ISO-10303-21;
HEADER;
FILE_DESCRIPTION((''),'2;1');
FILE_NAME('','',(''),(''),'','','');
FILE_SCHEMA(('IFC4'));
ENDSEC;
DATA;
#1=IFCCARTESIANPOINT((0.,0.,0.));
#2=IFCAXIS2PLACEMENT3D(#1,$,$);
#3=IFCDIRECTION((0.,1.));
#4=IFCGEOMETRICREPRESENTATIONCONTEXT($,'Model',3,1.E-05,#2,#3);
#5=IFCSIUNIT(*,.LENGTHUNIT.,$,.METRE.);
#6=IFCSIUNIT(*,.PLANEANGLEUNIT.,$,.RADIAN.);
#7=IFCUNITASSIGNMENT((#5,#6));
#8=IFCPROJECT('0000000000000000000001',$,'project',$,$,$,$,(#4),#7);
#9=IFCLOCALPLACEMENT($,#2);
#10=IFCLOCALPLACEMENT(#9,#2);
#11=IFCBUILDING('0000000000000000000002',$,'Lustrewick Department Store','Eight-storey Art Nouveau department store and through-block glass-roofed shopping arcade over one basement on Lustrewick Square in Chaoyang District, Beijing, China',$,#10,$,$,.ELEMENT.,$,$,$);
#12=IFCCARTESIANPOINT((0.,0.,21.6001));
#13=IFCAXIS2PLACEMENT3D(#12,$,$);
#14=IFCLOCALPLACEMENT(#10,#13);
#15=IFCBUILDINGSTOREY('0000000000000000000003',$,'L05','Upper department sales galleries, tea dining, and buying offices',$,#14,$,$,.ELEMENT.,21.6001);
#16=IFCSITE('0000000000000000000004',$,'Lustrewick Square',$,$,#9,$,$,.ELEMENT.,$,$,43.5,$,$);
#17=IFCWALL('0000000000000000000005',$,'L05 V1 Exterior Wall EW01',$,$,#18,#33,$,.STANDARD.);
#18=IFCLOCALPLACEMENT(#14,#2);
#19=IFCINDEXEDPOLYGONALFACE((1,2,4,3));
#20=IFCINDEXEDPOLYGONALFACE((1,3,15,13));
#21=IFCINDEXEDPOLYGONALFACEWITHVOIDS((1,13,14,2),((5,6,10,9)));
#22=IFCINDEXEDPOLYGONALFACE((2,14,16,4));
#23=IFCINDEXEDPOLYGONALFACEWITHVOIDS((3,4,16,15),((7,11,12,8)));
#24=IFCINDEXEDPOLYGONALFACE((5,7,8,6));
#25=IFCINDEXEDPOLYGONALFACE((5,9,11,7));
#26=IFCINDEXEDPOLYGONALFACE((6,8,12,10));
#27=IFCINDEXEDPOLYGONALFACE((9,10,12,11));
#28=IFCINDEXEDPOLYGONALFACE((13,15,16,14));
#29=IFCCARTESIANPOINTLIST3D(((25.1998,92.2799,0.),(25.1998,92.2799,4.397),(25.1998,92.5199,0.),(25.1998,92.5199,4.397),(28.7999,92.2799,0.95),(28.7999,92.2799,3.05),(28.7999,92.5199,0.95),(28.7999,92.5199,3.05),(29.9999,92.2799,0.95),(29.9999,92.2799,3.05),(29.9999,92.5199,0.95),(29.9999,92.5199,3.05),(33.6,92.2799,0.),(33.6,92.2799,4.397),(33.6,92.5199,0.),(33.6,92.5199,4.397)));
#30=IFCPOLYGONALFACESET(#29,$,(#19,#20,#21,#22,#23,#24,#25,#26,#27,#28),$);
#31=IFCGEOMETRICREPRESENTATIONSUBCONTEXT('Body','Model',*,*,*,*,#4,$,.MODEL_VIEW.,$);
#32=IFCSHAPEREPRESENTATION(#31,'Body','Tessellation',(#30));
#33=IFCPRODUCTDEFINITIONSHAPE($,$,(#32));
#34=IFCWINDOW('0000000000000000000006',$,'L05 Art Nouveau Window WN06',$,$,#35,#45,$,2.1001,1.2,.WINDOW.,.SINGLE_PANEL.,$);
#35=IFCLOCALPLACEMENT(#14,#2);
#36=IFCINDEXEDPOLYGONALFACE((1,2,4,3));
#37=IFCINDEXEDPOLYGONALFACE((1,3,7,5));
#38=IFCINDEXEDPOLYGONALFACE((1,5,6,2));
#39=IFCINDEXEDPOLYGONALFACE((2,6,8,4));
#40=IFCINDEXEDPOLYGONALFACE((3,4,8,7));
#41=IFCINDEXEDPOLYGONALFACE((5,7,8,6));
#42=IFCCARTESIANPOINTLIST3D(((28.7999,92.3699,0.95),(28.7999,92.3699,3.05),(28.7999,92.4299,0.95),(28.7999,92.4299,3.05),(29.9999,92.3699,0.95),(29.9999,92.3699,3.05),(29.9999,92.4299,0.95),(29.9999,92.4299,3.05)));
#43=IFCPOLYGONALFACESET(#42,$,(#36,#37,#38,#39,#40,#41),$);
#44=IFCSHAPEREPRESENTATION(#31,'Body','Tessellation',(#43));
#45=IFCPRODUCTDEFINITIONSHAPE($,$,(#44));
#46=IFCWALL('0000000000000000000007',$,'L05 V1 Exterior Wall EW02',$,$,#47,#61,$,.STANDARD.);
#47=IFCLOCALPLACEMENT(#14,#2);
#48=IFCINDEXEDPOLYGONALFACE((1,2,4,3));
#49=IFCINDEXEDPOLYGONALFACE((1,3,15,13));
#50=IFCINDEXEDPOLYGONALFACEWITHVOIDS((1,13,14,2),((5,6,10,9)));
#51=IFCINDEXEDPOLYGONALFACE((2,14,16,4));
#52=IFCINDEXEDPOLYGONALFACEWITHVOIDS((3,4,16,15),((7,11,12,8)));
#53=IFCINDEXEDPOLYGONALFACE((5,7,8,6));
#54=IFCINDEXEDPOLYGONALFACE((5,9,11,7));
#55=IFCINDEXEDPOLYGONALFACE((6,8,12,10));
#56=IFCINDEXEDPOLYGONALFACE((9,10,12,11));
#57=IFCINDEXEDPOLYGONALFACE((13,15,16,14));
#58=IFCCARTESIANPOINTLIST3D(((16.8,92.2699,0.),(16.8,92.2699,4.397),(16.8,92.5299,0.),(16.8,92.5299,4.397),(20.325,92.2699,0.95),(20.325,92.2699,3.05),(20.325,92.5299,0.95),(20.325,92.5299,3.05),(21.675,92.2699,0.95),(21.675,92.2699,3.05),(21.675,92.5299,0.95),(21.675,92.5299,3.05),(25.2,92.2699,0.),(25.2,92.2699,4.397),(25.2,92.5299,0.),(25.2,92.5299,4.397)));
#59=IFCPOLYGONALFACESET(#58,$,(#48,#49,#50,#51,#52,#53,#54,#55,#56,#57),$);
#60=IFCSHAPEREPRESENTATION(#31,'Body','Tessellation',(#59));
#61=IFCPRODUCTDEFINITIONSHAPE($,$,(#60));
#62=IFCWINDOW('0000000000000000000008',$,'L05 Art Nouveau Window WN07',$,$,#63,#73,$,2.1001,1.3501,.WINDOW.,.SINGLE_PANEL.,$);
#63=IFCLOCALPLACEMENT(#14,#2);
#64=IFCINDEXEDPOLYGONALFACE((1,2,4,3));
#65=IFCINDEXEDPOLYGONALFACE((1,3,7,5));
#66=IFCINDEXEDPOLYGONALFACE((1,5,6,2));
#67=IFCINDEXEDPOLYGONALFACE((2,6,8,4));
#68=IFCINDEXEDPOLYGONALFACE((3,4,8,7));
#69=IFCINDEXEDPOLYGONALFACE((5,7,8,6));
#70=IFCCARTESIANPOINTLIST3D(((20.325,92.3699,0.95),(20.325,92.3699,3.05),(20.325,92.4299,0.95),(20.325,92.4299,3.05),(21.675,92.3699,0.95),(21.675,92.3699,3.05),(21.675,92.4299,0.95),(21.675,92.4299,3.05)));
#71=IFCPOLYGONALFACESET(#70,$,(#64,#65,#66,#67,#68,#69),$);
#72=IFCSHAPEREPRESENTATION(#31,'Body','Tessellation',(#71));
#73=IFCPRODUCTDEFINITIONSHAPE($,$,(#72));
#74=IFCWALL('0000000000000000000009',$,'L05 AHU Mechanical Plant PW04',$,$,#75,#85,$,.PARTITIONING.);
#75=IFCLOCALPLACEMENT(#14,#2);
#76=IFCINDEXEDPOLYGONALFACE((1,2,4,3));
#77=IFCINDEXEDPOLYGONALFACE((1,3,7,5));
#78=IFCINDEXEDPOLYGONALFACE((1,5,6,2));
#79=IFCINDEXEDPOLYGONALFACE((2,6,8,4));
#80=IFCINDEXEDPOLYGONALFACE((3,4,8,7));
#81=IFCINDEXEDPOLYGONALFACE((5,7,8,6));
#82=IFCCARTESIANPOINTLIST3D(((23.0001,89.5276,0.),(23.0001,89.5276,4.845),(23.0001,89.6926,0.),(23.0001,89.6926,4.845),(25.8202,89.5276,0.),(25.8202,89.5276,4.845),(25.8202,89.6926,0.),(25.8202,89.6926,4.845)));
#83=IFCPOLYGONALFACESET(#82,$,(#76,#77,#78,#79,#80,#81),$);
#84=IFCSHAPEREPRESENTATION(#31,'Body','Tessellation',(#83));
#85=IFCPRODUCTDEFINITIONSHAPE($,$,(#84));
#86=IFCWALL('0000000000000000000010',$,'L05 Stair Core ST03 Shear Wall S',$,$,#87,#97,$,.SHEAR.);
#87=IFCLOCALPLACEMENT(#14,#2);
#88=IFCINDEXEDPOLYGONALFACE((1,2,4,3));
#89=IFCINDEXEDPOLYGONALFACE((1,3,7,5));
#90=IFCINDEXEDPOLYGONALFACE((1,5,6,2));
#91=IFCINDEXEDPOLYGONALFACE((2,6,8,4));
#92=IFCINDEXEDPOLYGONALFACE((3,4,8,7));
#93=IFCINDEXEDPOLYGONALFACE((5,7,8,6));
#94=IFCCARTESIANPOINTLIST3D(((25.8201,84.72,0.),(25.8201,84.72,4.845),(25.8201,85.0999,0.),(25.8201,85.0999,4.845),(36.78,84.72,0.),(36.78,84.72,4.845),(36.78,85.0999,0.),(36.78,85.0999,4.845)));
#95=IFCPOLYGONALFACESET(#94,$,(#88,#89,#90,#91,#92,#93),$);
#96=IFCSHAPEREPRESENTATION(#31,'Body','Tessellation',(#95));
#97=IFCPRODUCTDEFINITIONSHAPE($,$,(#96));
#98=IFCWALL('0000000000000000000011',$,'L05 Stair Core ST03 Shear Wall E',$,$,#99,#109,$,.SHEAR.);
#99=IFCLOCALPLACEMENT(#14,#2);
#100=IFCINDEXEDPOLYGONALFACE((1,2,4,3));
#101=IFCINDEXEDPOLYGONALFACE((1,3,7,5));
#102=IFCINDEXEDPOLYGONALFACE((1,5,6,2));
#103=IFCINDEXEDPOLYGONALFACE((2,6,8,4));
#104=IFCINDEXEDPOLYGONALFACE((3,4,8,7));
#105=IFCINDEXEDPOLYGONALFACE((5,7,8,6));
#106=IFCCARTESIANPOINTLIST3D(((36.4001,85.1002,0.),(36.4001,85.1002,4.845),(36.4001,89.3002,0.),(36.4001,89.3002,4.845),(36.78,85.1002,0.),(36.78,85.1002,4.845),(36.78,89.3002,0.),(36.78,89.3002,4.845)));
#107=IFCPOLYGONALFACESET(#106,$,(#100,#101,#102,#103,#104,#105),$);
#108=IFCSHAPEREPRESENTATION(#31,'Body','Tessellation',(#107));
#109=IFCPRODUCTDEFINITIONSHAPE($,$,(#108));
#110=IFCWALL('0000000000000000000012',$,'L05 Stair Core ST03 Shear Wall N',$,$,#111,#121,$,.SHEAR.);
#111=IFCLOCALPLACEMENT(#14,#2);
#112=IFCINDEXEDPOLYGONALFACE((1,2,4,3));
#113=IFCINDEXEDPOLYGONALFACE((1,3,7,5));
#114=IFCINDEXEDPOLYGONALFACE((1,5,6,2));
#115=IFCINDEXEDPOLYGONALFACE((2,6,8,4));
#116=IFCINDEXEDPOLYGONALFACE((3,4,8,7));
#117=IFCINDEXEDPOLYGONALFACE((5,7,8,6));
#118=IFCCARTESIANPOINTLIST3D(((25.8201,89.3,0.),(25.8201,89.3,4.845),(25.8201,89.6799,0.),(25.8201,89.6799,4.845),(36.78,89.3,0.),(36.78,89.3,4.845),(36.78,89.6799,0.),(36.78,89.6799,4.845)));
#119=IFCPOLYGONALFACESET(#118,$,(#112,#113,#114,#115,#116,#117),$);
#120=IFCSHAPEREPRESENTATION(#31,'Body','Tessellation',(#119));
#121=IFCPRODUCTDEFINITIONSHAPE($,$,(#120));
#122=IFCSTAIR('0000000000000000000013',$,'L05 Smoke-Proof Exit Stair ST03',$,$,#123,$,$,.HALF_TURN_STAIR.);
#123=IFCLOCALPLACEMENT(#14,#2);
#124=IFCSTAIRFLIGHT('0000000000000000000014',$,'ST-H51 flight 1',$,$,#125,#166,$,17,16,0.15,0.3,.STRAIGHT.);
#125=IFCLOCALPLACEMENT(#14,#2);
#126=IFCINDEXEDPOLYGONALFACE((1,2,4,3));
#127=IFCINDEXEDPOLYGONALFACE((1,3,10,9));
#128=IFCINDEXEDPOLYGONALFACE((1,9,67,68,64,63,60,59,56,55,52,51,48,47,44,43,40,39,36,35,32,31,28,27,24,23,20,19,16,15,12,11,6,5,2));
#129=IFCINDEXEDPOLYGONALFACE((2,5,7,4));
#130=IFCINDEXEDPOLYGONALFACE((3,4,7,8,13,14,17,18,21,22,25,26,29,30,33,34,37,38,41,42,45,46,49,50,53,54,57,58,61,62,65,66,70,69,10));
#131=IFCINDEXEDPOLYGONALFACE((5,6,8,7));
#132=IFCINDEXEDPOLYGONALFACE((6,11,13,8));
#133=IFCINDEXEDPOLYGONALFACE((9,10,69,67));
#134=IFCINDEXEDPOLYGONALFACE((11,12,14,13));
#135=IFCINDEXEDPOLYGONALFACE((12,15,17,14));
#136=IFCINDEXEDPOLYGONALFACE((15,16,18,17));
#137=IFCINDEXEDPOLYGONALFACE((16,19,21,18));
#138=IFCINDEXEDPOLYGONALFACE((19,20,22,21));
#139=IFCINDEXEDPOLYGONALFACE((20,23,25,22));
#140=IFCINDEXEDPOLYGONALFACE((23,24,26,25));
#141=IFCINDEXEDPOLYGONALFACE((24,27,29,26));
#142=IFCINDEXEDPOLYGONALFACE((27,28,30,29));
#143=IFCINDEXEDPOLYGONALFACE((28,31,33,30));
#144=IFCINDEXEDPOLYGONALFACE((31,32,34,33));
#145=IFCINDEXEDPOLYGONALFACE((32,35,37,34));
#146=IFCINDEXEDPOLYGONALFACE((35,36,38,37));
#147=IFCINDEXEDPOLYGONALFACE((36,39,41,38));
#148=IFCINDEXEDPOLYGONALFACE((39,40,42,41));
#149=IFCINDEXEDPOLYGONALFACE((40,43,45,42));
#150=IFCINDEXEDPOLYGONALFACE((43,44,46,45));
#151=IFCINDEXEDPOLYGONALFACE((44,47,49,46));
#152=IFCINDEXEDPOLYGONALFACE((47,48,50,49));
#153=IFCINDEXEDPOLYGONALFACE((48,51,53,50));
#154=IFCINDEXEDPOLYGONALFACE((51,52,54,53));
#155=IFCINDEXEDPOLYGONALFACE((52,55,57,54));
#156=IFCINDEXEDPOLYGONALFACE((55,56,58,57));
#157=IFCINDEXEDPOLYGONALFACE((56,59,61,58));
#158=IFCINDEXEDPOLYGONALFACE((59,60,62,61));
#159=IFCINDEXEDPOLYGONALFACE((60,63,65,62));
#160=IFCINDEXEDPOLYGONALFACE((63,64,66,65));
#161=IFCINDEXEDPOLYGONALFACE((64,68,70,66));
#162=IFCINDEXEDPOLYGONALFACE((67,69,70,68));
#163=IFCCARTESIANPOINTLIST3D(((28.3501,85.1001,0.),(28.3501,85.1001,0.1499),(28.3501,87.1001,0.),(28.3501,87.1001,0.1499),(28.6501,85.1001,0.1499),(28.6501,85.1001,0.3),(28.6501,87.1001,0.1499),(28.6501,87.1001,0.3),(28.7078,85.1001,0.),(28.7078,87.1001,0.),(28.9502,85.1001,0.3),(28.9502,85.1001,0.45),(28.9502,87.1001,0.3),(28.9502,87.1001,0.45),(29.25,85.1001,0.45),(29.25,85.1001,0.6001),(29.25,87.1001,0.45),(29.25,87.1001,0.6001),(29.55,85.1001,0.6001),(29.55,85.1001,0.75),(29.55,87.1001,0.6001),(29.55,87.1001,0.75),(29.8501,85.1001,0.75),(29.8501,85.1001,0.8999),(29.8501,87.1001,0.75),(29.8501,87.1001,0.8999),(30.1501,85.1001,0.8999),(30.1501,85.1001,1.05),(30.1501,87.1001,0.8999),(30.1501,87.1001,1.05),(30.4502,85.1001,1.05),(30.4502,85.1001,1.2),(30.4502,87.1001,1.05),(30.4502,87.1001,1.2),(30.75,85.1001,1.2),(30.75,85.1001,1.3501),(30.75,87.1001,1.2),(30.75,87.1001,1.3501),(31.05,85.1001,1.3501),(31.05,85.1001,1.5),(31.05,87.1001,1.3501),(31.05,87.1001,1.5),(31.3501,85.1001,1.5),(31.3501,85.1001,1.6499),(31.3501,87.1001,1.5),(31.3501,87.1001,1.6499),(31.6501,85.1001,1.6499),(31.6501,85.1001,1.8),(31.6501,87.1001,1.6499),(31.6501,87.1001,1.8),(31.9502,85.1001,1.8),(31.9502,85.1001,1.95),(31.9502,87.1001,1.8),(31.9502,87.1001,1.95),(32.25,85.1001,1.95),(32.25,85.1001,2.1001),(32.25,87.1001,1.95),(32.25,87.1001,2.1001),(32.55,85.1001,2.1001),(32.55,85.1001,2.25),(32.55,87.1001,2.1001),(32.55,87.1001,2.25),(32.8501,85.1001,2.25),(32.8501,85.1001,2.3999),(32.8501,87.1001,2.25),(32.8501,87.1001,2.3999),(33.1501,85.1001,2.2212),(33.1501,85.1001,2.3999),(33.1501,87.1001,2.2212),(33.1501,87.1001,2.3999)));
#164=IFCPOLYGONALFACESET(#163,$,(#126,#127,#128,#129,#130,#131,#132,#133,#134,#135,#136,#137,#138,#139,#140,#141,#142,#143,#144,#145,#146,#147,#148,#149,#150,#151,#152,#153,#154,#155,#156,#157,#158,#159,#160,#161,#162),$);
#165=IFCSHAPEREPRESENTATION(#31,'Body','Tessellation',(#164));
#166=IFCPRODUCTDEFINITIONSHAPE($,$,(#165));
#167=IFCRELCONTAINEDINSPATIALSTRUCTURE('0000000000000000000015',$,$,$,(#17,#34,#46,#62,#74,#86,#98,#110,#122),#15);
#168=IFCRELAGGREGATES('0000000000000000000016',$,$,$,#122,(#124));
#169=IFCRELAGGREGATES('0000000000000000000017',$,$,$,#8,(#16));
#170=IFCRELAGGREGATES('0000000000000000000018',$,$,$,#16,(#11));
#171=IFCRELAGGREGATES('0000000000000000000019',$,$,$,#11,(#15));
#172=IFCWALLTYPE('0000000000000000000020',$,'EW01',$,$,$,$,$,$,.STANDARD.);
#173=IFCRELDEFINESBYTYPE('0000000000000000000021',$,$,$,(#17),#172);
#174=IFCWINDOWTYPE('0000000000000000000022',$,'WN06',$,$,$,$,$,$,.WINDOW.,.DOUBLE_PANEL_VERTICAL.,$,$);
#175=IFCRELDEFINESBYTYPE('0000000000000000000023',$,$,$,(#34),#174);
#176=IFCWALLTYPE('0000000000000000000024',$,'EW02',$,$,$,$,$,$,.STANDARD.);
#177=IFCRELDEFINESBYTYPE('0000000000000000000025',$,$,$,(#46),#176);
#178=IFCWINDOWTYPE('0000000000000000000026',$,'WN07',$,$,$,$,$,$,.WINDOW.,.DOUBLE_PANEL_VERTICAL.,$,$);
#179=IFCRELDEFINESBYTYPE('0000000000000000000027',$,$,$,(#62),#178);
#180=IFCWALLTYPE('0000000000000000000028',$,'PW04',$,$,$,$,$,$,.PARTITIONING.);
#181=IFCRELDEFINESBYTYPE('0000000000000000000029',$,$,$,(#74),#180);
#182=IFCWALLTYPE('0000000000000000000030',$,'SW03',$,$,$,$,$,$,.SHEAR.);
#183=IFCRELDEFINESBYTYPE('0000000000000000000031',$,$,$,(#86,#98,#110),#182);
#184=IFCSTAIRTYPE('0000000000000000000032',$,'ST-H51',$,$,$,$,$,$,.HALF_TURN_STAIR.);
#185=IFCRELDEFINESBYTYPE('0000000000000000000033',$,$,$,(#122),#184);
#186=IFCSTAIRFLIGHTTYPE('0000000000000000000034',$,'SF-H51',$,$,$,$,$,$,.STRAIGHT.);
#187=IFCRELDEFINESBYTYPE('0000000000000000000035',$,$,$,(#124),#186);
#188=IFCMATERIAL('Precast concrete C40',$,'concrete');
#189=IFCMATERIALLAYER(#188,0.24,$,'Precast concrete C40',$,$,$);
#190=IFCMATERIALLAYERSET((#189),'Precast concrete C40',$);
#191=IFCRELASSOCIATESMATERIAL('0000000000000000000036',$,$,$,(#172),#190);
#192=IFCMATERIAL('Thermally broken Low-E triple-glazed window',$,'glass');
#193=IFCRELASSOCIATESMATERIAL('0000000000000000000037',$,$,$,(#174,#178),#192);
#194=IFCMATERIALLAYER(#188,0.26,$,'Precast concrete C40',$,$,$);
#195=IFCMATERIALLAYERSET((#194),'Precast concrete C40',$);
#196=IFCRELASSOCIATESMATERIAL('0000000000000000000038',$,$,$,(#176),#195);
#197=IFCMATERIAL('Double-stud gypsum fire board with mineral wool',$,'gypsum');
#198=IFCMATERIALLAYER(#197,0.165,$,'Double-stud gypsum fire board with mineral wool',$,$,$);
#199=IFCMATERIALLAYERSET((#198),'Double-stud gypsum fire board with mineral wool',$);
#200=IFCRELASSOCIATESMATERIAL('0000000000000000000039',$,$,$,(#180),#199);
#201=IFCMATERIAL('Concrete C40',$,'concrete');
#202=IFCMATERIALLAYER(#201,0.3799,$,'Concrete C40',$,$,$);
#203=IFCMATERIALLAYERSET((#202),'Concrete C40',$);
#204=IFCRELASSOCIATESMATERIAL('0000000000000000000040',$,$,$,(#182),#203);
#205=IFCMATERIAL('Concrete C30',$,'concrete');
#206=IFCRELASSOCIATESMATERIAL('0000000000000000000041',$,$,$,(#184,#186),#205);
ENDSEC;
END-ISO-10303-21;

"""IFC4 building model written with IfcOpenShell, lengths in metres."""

from ifc_helpers import new_model, si_unit, direction, frame, frame_2d, origin, place, context, subcontext, project, spatial, polyline, rectangle, outline, extrude, material, layer, layer_set, type_object, element, fill, aggregate, save


model = new_model("IFC4")

# Units and contexts
model_context = context("Model", 3, precision=1e-05, world=origin(), true_north=direction((0.0, 1.0)))
body_context = subcontext(model_context, "Body", "Model", "MODEL_VIEW")
ifc_project = project(units=[si_unit("LENGTHUNIT", "METRE"), si_unit("PLANEANGLEUNIT", "RADIAN")], contexts=[model_context])

# Site, building, storey
site_placement = place(None, origin())
site = spatial("IfcSite", under=ifc_project, at=site_placement, Name="Lustrewick Square", CompositionType="ELEMENT", RefElevation=43.5)
building_placement = place(site_placement, origin())
building = spatial("IfcBuilding", under=site, at=building_placement, Name="Lustrewick Department Store", Description="Eight-storey Art Nouveau department store and through-block glass-roofed shopping arcade over one basement on Lustrewick Square in Chaoyang District, Beijing, China", CompositionType="ELEMENT")
storey_placement = place(building_placement, frame((0.0, 0.0, 21.6001)))
storey = spatial("IfcBuildingStorey", under=building, at=storey_placement, Name="L05", Description="Upper department sales galleries, tea dining, and buying offices", CompositionType="ELEMENT", Elevation=21.6001)

# Walls, openings, windows
ifc_material_1 = material(Name="Precast concrete C40", Category="concrete")
ifc_layer_1 = layer(ifc_material_1, 0.24, Name="Precast concrete C40")
ifc_layer_set_1 = layer_set([ifc_layer_1], Name="Precast concrete C40")
wall_type_1 = type_object("IfcWallType", Name="EW01", PredefinedType="STANDARD", material=ifc_layer_set_1)
wall_1_placement = place(storey_placement, frame((33.6001, 92.3999, 0.0), z_axis=(0.0, 0.0, 1.0), x_axis=(-1.0, 0.0, 0.0)))
wall_1 = element("IfcWall", 1, at=wall_1_placement, inside=storey, type_object=wall_type_1, Name="L05 V1 Exterior Wall EW01", PredefinedType="STANDARD", context=body_context, shape_type="SweptSolid", body=[
    extrude(rectangle(XDim=8.4001, YDim=0.24, at=frame_2d((4.2002, 0.0))), origin(), (0.0, 0.0, 1.0), 4.397),
])
opening_1_placement = place(wall_1_placement, frame((3.6001, 0.0, 0.95)))
opening_1 = element("IfcOpeningElement", 2, at=opening_1_placement, cuts=wall_1, PredefinedType="OPENING", context=body_context, shape_type="SweptSolid", body=[
    extrude(rectangle(XDim=1.2, YDim=2.1001, at=frame_2d((0.6001, 1.05))), frame((0.0, 0.1299, 0.0), z_axis=(0.0, -1.0, 0.0), x_axis=(1.0, 0.0, 0.0)), (0.0, 0.0, 1.0), 0.26),
])
ifc_material_2 = material(Name="Thermally broken Low-E triple-glazed window", Category="glass")
window_type_1 = type_object("IfcWindowType", Name="WN06", PartitioningType="DOUBLE_PANEL_VERTICAL", PredefinedType="WINDOW", material=ifc_material_2)
window_1_placement = place(opening_1_placement, origin())
window_1 = element("IfcWindow", 3, at=window_1_placement, inside=storey, type_object=window_type_1, Name="L05 Art Nouveau Window WN06", OverallHeight=2.1001, OverallWidth=1.2, PartitioningType="SINGLE_PANEL", PredefinedType="WINDOW", context=body_context, shape_type="SweptSolid", body=[
    extrude(rectangle(XDim=1.2, YDim=2.1001, at=frame_2d((0.6001, 1.05))), frame((0.0, 0.03, 0.0), z_axis=(0.0, -1.0, 0.0), x_axis=(1.0, 0.0, 0.0)), (0.0, 0.0, 1.0), 0.0601),
])
fill(opening_1, window_1)
ifc_layer_2 = layer(ifc_material_1, 0.26, Name="Precast concrete C40")
ifc_layer_set_2 = layer_set([ifc_layer_2], Name="Precast concrete C40")
wall_type_2 = type_object("IfcWallType", Name="EW02", PredefinedType="STANDARD", material=ifc_layer_set_2)
wall_2_placement = place(storey_placement, frame((25.2, 92.3999, 0.0), z_axis=(0.0, 0.0, 1.0), x_axis=(-1.0, 0.0, 0.0)))
wall_2 = element("IfcWall", 4, at=wall_2_placement, inside=storey, type_object=wall_type_2, Name="L05 V1 Exterior Wall EW02", PredefinedType="STANDARD", context=body_context, shape_type="SweptSolid", body=[
    extrude(rectangle(XDim=8.3999, YDim=0.26, at=frame_2d((4.2, 0.0))), origin(), (0.0, 0.0, 1.0), 4.397),
])
opening_2_placement = place(wall_2_placement, frame((3.5249, 0.0, 0.95)))
opening_2 = element("IfcOpeningElement", 5, at=opening_2_placement, cuts=wall_2, PredefinedType="OPENING", context=body_context, shape_type="SweptSolid", body=[
    extrude(rectangle(XDim=1.3501, YDim=2.1001, at=frame_2d((0.675, 1.05))), frame((0.0, 0.1401, 0.0), z_axis=(0.0, -1.0, 0.0), x_axis=(1.0, 0.0, 0.0)), (0.0, 0.0, 1.0), 0.28),
])
window_type_2 = type_object("IfcWindowType", Name="WN07", PartitioningType="DOUBLE_PANEL_VERTICAL", PredefinedType="WINDOW", material=ifc_material_2)
window_2_placement = place(opening_2_placement, origin())
window_2 = element("IfcWindow", 6, at=window_2_placement, inside=storey, type_object=window_type_2, Name="L05 Art Nouveau Window WN07", OverallHeight=2.1001, OverallWidth=1.3501, PartitioningType="SINGLE_PANEL", PredefinedType="WINDOW", context=body_context, shape_type="SweptSolid", body=[
    extrude(rectangle(XDim=1.3501, YDim=2.1001, at=frame_2d((0.675, 1.05))), frame((0.0, 0.03, 0.0), z_axis=(0.0, -1.0, 0.0), x_axis=(1.0, 0.0, 0.0)), (0.0, 0.0, 1.0), 0.0601),
])
fill(opening_2, window_2)

# Walls
ifc_material_3 = material(Name="Double-stud gypsum fire board with mineral wool", Category="gypsum")
ifc_layer_3 = layer(ifc_material_3, 0.165, Name="Double-stud gypsum fire board with mineral wool")
ifc_layer_set_3 = layer_set([ifc_layer_3], Name="Double-stud gypsum fire board with mineral wool")
wall_type_3 = type_object("IfcWallType", Name="PW04", PredefinedType="PARTITIONING", material=ifc_layer_set_3)
wall_3_placement = place(storey_placement, frame((23.0, 89.6101, 0.0), z_axis=(0.0, 0.0, 1.0), x_axis=(1.0, 0.0, 0.0)))
element("IfcWall", 7, at=wall_3_placement, inside=storey, type_object=wall_type_3, Name="L05 AHU Mechanical Plant PW04", PredefinedType="PARTITIONING", context=body_context, shape_type="SweptSolid", body=[
    extrude(rectangle(XDim=2.8201, YDim=0.165, at=frame_2d((1.4102, 0.0))), origin(), (0.0, 0.0, 1.0), 4.845),
])
ifc_material_4 = material(Name="Concrete C40", Category="concrete")
ifc_layer_4 = layer(ifc_material_4, 0.3799, Name="Concrete C40")
ifc_layer_set_4 = layer_set([ifc_layer_4], Name="Concrete C40")
wall_type_4 = type_object("IfcWallType", Name="SW03", PredefinedType="SHEAR", material=ifc_layer_set_4)
wall_4_placement = place(storey_placement, frame((25.8201, 84.9099, 0.0), z_axis=(0.0, 0.0, 1.0), x_axis=(1.0, 0.0, 0.0)))
element("IfcWall", 8, at=wall_4_placement, inside=storey, type_object=wall_type_4, Name="L05 Stair Core ST03 Shear Wall S", PredefinedType="SHEAR", context=body_context, shape_type="SweptSolid", body=[
    extrude(rectangle(XDim=10.96, YDim=0.3799, at=frame_2d((5.48, 0.0))), origin(), (0.0, 0.0, 1.0), 4.845),
])
wall_5_placement = place(storey_placement, frame((36.5901, 85.1001, 0.0), z_axis=(0.0, 0.0, 1.0), x_axis=(0.0, 1.0, 0.0)))
element("IfcWall", 9, at=wall_5_placement, inside=storey, type_object=wall_type_4, Name="L05 Stair Core ST03 Shear Wall E", PredefinedType="SHEAR", context=body_context, shape_type="SweptSolid", body=[
    extrude(rectangle(XDim=4.2, YDim=0.3799, at=frame_2d((2.1001, 0.0))), origin(), (0.0, 0.0, 1.0), 4.845),
])
wall_6_placement = place(storey_placement, frame((36.78, 89.49, 0.0), z_axis=(0.0, 0.0, 1.0), x_axis=(-1.0, 0.0, 0.0)))
element("IfcWall", 10, at=wall_6_placement, inside=storey, type_object=wall_type_4, Name="L05 Stair Core ST03 Shear Wall N", PredefinedType="SHEAR", context=body_context, shape_type="SweptSolid", body=[
    extrude(rectangle(XDim=10.96, YDim=0.3799, at=frame_2d((5.48, 0.0))), origin(), (0.0, 0.0, 1.0), 4.845),
])

# Stair, stair flight
ifc_material_5 = material(Name="Concrete C30", Category="concrete")
stair_type = type_object("IfcStairType", Name="ST-H51", PredefinedType="HALF_TURN_STAIR", material=ifc_material_5)
stair_placement = place(storey_placement, origin())
stair = element("IfcStair", 11, at=stair_placement, inside=storey, type_object=stair_type, Name="L05 Smoke-Proof Exit Stair ST03", PredefinedType="HALF_TURN_STAIR")
stair_flight_type = type_object("IfcStairFlightType", Name="SF-H51", PredefinedType="STRAIGHT", material=ifc_material_5)
stair_flight_1_placement = place(storey_placement, frame((28.3501, 86.1001, 0.0), z_axis=(0.0, 0.0, 1.0), x_axis=(1.0, 0.0, 0.0)))
stair_flight_1 = element("IfcStairFlight", 12, at=stair_flight_1_placement, type_object=stair_flight_type, Name="ST-H51 flight 1", NumberOfRisers=17, NumberOfTreads=16, PredefinedType="STRAIGHT", RiserHeight=0.15, TreadLength=0.3, context=body_context, shape_type="SweptSolid", body=[
    extrude(outline(polyline([(0.0, 0.0), (0.0, 0.1499), (0.3, 0.1499), (0.3, 0.3), (0.6001, 0.3), (0.6001, 0.45), (0.8999, 0.45), (0.8999, 0.6001), (1.2, 0.6001), (1.2, 0.75), (1.5, 0.75), (1.5, 0.8999), (1.8, 0.8999), (1.8, 1.05), (2.1001, 1.05), (2.1001, 1.2), (2.3999, 1.2), (2.3999, 1.3501), (2.7, 1.3501), (2.7, 1.5), (3.0, 1.5), (3.0, 1.6499), (3.3, 1.6499), (3.3, 1.8), (3.6001, 1.8), (3.6001, 1.95), (3.8999, 1.95), (3.8999, 2.1001), (4.2, 2.1001), (4.2, 2.25), (4.5, 2.25), (4.5, 2.3999), (4.8, 2.3999), (4.8, 2.55), (4.8, 2.2212), (0.3577, 0.0), (0.0, 0.0)])), frame((0.0, 1.0, 0.0), z_axis=(0.0, -1.0, 0.0), x_axis=(1.0, 0.0, 0.0)), (0.0, 0.0, 1.0), 2.0),
])
aggregate(stair, [stair_flight_1])

save(model, "model.ifc")
